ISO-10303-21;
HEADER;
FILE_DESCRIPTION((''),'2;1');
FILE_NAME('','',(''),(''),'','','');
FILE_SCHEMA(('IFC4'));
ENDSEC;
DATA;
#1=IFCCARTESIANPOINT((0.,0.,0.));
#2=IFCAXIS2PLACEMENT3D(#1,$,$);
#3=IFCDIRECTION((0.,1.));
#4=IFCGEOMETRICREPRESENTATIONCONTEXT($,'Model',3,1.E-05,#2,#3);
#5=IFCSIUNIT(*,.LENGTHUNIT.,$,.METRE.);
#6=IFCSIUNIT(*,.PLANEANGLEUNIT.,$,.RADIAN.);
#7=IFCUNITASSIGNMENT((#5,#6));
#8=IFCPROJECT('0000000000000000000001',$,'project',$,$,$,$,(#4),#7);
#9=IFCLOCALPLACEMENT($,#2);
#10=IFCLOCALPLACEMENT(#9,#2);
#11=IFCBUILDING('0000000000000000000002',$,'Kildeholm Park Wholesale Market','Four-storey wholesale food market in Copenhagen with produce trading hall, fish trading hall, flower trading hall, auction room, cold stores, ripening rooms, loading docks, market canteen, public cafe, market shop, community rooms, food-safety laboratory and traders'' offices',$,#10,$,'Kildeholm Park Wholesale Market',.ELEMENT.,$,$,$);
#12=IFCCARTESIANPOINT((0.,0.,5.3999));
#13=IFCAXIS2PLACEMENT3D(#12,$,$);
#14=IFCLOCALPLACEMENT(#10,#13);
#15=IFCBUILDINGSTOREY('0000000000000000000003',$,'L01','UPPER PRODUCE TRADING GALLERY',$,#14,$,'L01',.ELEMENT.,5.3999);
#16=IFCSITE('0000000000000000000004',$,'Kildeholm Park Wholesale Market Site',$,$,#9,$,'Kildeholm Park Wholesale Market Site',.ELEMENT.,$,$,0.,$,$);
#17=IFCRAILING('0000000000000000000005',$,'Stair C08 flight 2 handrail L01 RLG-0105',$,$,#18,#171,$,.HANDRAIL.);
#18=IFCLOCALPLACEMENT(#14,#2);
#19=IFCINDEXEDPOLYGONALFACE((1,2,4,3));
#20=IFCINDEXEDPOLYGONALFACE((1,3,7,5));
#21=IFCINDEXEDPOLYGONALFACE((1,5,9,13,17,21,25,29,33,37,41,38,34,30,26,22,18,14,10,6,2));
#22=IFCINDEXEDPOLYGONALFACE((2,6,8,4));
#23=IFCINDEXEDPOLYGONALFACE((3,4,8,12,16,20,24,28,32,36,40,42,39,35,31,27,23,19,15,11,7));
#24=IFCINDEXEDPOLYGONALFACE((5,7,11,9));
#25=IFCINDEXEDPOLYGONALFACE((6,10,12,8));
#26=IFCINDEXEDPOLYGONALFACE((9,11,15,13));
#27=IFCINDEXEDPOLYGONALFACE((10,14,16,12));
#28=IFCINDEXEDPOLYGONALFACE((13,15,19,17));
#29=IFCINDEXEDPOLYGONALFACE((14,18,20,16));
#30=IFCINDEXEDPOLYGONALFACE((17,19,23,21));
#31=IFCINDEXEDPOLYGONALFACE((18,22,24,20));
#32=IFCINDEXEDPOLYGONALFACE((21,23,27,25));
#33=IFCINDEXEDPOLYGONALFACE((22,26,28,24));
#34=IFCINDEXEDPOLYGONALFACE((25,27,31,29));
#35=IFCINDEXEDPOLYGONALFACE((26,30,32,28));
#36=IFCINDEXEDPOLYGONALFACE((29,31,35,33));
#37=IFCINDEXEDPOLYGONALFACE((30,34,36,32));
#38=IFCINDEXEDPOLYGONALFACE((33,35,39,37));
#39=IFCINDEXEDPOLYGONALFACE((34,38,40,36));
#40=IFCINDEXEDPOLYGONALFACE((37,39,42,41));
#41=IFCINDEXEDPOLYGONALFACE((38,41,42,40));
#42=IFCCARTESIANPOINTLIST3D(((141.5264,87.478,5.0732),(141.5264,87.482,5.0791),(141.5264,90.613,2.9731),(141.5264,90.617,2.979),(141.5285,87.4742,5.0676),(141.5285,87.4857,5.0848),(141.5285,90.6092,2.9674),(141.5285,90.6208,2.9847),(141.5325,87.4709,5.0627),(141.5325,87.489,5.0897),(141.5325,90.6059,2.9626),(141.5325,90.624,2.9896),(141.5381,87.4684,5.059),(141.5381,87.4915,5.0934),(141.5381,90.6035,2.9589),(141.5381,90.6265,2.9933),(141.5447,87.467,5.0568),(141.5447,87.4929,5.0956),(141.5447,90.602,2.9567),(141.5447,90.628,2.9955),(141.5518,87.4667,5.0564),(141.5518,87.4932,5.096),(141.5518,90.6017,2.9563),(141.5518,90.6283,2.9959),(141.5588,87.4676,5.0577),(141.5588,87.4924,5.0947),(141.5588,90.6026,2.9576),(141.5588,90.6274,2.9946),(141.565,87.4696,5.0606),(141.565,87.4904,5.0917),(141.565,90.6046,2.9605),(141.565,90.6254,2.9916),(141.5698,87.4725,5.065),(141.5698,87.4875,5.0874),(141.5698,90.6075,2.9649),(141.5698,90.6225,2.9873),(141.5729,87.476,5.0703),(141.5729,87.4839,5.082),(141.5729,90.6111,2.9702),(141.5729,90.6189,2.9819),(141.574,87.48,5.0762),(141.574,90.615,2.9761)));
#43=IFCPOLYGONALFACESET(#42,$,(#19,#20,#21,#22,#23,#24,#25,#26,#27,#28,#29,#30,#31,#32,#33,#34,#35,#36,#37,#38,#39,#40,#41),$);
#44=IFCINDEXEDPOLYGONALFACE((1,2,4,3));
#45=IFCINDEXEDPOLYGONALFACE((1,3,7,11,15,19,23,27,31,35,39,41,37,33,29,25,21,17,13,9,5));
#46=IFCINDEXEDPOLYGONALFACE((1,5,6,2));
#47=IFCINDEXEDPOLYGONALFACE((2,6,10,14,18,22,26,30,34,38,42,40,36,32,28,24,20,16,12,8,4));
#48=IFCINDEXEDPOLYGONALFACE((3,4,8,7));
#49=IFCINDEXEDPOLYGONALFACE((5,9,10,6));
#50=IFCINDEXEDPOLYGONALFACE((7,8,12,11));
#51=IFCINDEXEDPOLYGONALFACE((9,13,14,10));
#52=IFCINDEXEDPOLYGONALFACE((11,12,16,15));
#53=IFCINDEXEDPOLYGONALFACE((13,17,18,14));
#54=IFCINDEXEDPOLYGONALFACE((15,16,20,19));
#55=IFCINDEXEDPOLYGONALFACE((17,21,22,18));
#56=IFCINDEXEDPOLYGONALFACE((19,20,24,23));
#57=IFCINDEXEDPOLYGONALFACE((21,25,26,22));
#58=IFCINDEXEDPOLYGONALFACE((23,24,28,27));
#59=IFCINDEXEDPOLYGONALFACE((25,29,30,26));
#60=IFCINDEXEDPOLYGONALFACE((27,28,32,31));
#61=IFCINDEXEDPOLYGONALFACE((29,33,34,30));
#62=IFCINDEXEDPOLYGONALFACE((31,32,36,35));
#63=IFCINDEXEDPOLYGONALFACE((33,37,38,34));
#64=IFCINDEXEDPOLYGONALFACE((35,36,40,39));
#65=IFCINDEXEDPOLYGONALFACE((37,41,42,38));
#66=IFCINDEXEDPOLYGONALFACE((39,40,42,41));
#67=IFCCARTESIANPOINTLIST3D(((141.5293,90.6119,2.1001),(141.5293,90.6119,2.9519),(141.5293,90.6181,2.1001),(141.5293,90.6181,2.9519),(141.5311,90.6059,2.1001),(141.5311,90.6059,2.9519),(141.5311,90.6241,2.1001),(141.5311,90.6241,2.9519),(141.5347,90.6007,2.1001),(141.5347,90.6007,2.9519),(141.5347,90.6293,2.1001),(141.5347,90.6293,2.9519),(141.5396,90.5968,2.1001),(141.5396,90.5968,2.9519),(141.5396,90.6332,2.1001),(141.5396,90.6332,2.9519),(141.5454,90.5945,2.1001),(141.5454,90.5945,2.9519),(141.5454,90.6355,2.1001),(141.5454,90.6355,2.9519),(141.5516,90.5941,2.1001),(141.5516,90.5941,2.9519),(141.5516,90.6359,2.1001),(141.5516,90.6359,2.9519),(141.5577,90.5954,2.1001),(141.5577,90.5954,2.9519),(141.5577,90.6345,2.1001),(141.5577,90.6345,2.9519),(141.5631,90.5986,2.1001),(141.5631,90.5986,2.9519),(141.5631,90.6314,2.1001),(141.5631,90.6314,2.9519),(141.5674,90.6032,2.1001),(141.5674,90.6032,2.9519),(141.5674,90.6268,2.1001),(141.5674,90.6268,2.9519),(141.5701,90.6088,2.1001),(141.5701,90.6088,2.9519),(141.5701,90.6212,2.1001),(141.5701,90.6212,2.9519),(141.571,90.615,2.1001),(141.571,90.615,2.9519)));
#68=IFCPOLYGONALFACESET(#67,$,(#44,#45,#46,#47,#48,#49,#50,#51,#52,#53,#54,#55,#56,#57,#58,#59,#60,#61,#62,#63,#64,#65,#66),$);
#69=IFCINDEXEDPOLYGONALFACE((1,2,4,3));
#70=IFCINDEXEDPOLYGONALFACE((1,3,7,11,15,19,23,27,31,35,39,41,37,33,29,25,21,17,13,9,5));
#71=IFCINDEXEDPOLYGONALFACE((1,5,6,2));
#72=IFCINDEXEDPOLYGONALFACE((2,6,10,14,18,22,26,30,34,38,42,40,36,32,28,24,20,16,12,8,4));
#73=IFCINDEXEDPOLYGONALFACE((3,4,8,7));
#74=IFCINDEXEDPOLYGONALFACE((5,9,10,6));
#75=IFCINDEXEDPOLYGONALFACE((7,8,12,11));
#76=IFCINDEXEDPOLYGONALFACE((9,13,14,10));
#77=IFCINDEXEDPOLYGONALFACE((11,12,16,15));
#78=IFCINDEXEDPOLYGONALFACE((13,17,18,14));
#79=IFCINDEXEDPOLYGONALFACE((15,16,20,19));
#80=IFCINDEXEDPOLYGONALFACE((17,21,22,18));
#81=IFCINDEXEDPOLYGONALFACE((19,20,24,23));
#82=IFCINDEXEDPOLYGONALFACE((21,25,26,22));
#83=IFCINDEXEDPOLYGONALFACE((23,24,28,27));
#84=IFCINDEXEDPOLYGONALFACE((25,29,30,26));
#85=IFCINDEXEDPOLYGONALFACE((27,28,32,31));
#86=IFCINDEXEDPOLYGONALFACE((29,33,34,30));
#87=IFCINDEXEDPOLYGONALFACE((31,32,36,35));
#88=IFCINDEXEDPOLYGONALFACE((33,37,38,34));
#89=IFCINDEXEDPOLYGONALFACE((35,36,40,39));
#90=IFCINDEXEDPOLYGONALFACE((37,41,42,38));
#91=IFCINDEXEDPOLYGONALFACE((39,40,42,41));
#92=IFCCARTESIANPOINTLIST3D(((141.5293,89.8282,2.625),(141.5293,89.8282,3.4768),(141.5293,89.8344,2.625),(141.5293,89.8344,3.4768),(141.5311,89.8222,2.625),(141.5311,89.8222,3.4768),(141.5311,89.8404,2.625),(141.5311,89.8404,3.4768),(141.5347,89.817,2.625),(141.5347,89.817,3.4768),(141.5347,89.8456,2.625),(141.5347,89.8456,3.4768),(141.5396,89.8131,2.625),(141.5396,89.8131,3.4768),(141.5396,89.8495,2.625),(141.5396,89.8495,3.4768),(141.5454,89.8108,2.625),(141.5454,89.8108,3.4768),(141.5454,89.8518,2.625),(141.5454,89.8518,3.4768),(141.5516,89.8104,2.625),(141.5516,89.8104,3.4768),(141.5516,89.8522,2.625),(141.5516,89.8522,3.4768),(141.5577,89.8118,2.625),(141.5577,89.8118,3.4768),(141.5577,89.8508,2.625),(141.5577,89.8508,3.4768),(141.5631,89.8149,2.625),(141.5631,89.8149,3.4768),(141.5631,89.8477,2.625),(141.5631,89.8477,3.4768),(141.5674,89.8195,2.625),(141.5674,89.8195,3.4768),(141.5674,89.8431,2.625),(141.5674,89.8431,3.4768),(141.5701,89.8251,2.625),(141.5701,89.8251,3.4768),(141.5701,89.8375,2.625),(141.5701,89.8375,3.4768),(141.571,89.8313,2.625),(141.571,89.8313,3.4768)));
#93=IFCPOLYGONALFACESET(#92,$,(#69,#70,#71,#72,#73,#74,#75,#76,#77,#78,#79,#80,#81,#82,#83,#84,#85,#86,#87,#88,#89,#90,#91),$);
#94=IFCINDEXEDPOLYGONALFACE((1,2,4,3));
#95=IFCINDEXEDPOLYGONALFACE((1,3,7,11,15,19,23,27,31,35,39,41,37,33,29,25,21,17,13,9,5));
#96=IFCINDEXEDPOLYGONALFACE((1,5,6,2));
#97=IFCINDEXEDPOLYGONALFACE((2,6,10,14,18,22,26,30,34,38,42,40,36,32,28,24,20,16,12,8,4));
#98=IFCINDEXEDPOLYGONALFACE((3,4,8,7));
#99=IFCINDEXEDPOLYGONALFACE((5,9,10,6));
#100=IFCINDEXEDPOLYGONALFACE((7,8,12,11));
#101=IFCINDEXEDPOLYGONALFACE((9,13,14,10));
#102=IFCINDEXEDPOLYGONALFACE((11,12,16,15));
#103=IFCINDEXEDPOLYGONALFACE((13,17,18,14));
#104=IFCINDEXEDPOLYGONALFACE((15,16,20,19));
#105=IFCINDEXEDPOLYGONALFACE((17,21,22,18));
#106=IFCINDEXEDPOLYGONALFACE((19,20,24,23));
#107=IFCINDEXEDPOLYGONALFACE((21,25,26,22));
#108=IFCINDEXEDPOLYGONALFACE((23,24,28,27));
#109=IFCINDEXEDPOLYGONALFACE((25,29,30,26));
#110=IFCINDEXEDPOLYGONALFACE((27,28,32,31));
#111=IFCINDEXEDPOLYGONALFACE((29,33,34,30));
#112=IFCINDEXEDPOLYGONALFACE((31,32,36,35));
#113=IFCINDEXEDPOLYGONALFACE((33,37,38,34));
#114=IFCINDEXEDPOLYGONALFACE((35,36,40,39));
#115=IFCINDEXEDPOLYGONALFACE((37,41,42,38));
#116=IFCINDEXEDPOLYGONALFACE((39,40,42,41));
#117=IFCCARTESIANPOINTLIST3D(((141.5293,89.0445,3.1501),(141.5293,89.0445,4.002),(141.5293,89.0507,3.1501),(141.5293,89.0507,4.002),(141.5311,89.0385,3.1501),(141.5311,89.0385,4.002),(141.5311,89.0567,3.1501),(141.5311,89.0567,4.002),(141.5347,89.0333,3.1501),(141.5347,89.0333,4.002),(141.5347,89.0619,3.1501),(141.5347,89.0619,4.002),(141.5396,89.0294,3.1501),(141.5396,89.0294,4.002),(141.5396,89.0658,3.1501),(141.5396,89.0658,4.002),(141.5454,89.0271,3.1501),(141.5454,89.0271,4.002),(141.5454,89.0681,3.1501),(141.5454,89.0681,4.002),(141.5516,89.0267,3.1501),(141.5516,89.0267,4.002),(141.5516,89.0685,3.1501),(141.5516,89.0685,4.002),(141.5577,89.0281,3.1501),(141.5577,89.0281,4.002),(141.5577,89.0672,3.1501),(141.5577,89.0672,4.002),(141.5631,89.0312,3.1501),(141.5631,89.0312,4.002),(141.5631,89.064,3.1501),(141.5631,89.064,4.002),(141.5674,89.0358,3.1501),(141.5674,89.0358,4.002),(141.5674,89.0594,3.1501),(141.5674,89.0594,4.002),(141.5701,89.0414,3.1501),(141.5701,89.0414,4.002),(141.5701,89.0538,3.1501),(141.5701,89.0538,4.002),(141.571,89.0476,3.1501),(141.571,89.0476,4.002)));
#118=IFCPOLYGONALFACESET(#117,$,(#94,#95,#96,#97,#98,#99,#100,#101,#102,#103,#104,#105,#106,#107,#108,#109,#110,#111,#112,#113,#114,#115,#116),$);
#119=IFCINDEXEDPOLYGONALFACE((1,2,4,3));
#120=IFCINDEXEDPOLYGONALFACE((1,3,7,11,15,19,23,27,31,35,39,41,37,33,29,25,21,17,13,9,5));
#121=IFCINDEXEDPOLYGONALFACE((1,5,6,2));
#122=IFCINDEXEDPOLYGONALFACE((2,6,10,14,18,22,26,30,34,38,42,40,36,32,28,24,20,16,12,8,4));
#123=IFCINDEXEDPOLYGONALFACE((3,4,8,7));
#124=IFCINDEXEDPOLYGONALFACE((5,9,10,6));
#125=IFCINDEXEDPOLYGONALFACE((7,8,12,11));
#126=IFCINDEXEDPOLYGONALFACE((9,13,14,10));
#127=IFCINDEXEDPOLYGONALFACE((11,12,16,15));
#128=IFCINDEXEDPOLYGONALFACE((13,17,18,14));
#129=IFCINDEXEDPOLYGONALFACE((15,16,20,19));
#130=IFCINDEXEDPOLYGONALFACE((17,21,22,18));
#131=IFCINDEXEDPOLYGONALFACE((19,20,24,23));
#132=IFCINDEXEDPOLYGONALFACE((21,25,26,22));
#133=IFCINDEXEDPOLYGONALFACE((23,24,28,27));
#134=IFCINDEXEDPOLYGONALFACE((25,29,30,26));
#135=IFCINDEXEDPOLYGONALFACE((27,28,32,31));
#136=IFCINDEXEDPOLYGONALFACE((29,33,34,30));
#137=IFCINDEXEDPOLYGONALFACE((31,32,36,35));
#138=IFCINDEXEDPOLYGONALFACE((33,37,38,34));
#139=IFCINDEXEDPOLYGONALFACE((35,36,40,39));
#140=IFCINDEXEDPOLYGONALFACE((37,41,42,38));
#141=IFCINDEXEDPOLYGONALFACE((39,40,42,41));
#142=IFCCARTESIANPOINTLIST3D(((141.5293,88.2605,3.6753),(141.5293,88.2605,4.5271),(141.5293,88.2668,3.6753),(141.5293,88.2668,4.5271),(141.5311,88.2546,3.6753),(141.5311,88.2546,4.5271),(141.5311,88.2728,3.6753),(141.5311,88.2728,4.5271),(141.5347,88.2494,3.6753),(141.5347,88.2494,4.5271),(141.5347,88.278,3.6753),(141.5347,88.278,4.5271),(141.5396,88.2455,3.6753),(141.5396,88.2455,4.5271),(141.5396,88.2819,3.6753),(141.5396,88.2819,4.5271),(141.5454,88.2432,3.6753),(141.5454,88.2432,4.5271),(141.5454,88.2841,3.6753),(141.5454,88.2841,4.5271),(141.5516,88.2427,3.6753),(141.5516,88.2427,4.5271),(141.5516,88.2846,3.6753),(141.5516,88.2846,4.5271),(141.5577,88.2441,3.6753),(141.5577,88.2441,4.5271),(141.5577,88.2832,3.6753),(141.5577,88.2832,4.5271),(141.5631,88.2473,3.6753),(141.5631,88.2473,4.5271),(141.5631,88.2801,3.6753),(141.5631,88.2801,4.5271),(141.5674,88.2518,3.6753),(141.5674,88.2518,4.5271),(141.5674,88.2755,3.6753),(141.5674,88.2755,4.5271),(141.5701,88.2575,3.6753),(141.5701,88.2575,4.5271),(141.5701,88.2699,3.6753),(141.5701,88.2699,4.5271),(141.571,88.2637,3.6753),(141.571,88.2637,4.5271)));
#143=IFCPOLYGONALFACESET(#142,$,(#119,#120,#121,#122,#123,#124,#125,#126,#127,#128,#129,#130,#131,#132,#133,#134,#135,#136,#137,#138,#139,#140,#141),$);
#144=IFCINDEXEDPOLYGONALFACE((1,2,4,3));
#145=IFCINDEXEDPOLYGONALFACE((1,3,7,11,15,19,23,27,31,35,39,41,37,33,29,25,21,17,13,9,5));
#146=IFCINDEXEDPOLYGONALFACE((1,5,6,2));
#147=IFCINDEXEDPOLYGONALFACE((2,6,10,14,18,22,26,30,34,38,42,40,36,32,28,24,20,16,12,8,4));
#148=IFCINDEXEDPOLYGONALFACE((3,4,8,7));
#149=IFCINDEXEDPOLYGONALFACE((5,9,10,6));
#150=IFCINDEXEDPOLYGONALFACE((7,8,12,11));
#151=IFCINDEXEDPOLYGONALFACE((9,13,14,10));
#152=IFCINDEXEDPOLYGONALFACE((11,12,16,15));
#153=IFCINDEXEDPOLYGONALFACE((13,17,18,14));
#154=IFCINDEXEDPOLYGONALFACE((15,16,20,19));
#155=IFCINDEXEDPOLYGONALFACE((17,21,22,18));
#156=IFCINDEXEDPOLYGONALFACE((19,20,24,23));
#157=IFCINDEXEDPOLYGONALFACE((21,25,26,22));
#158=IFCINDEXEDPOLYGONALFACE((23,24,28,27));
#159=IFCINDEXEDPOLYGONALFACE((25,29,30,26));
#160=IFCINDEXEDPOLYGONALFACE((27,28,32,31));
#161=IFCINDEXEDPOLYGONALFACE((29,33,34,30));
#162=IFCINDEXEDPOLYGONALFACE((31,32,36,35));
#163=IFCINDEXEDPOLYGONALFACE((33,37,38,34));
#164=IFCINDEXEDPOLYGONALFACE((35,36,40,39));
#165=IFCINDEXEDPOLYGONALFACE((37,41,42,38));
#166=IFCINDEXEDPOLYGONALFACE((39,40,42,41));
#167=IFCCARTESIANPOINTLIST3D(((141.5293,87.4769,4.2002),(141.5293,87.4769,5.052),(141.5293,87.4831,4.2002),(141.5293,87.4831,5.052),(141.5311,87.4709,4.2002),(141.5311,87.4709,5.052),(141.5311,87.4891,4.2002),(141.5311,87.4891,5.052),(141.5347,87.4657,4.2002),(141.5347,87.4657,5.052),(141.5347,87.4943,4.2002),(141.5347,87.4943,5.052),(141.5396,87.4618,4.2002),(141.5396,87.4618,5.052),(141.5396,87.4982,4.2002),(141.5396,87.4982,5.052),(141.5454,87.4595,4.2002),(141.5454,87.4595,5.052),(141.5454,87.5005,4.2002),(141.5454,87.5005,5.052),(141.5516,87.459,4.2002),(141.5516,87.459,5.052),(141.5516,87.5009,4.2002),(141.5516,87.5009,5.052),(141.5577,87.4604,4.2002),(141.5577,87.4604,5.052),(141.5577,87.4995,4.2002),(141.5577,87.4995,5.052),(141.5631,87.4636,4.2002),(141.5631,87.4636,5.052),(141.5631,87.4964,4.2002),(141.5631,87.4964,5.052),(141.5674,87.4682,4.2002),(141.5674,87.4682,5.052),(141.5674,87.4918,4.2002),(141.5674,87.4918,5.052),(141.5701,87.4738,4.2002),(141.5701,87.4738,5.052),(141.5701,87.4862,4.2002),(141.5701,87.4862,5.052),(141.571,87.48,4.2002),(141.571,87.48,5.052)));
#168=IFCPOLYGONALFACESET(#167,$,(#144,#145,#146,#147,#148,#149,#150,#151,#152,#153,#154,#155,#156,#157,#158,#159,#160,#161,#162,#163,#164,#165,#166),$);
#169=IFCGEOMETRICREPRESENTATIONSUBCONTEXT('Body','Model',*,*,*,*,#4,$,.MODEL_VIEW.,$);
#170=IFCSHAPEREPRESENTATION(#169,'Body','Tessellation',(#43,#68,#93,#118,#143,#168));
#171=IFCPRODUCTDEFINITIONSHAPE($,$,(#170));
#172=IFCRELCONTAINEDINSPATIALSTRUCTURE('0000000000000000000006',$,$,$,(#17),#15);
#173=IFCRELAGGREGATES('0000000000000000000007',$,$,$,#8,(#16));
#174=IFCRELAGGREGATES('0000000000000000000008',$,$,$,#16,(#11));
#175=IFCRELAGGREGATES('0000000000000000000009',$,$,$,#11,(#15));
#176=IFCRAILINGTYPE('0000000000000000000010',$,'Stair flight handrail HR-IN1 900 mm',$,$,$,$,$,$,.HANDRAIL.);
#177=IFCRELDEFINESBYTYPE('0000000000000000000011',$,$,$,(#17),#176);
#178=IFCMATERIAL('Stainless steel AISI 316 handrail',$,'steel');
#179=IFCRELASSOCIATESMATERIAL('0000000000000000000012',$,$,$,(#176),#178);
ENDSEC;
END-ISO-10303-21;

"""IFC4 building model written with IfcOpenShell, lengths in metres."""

from ifc_helpers import new_model, si_unit, direction, frame, origin, origin_2d, place, context, subcontext, project, spatial, circle, extrude, material, type_object, element, save


model = new_model("IFC4")

# Units and contexts
model_context = context("Model", 3, precision=1e-05, world=origin(), true_north=direction((0.0, 1.0)))
body_context = subcontext(model_context, "Body", "Model", "MODEL_VIEW")
ifc_project = project(units=[si_unit("LENGTHUNIT", "METRE"), si_unit("PLANEANGLEUNIT", "RADIAN")], contexts=[model_context])

# Site, building, storey
site_placement = place(None, origin())
site = spatial("IfcSite", under=ifc_project, at=site_placement, Name="Kildeholm Park Wholesale Market Site", LongName="Kildeholm Park Wholesale Market Site", CompositionType="ELEMENT", RefElevation=0.0)
building_placement = place(site_placement, origin())
building = spatial("IfcBuilding", under=site, at=building_placement, Name="Kildeholm Park Wholesale Market", Description="Four-storey wholesale food market in Copenhagen with produce trading hall, fish trading hall, flower trading hall, auction room, cold stores, ripening rooms, loading docks, market canteen, public cafe, market shop, community rooms, food-safety laboratory and traders' offices", LongName="Kildeholm Park Wholesale Market", CompositionType="ELEMENT")
storey_placement = place(building_placement, frame((0.0, 0.0, 5.3999)))
storey = spatial("IfcBuildingStorey", under=building, at=storey_placement, Name="L01", Description="UPPER PRODUCE TRADING GALLERY", LongName="L01", CompositionType="ELEMENT", Elevation=5.3999)

# Railing
ifc_material_1 = material(Name="Stainless steel AISI 316 handrail", Category="steel")
railing_type_1 = type_object("IfcRailingType", Name="Stair flight handrail HR-IN1 900 mm", PredefinedType="HANDRAIL", material=ifc_material_1)
railing_1_placement = place(storey_placement, frame((141.55, 90.615, 2.1001)))
element("IfcRailing", 1, at=railing_1_placement, inside=storey, type_object=railing_type_1, Name="Stair C08 flight 2 handrail L01 RLG-0105", PredefinedType="HANDRAIL", context=body_context, shape_type="SweptSolid", body=[
    extrude(circle(Radius=0.0239, at=origin_2d()), frame((0.0, 0.0, 0.876), z_axis=(0.0, -0.830814, 0.55655), x_axis=(1.0, 0.0, 0.0)), (0.0, 0.0, 1.0), 3.7734),
    extrude(circle(Radius=0.021, at=origin_2d()), origin(), (0.0, 0.0, 1.0), 0.8518),
    extrude(circle(Radius=0.021, at=origin_2d()), frame((0.0, -0.7837, 0.5249)), (0.0, 0.0, 1.0), 0.8518),
    extrude(circle(Radius=0.021, at=origin_2d()), frame((0.0, -1.5674, 1.05)), (0.0, 0.0, 1.0), 0.8518),
    extrude(circle(Radius=0.021, at=origin_2d()), frame((0.0, -2.3513, 1.5752)), (0.0, 0.0, 1.0), 0.8518),
    extrude(circle(Radius=0.021, at=origin_2d()), frame((0.0, -3.135, 2.1001)), (0.0, 0.0, 1.0), 0.8518),
])

save(model, "model.ifc")
